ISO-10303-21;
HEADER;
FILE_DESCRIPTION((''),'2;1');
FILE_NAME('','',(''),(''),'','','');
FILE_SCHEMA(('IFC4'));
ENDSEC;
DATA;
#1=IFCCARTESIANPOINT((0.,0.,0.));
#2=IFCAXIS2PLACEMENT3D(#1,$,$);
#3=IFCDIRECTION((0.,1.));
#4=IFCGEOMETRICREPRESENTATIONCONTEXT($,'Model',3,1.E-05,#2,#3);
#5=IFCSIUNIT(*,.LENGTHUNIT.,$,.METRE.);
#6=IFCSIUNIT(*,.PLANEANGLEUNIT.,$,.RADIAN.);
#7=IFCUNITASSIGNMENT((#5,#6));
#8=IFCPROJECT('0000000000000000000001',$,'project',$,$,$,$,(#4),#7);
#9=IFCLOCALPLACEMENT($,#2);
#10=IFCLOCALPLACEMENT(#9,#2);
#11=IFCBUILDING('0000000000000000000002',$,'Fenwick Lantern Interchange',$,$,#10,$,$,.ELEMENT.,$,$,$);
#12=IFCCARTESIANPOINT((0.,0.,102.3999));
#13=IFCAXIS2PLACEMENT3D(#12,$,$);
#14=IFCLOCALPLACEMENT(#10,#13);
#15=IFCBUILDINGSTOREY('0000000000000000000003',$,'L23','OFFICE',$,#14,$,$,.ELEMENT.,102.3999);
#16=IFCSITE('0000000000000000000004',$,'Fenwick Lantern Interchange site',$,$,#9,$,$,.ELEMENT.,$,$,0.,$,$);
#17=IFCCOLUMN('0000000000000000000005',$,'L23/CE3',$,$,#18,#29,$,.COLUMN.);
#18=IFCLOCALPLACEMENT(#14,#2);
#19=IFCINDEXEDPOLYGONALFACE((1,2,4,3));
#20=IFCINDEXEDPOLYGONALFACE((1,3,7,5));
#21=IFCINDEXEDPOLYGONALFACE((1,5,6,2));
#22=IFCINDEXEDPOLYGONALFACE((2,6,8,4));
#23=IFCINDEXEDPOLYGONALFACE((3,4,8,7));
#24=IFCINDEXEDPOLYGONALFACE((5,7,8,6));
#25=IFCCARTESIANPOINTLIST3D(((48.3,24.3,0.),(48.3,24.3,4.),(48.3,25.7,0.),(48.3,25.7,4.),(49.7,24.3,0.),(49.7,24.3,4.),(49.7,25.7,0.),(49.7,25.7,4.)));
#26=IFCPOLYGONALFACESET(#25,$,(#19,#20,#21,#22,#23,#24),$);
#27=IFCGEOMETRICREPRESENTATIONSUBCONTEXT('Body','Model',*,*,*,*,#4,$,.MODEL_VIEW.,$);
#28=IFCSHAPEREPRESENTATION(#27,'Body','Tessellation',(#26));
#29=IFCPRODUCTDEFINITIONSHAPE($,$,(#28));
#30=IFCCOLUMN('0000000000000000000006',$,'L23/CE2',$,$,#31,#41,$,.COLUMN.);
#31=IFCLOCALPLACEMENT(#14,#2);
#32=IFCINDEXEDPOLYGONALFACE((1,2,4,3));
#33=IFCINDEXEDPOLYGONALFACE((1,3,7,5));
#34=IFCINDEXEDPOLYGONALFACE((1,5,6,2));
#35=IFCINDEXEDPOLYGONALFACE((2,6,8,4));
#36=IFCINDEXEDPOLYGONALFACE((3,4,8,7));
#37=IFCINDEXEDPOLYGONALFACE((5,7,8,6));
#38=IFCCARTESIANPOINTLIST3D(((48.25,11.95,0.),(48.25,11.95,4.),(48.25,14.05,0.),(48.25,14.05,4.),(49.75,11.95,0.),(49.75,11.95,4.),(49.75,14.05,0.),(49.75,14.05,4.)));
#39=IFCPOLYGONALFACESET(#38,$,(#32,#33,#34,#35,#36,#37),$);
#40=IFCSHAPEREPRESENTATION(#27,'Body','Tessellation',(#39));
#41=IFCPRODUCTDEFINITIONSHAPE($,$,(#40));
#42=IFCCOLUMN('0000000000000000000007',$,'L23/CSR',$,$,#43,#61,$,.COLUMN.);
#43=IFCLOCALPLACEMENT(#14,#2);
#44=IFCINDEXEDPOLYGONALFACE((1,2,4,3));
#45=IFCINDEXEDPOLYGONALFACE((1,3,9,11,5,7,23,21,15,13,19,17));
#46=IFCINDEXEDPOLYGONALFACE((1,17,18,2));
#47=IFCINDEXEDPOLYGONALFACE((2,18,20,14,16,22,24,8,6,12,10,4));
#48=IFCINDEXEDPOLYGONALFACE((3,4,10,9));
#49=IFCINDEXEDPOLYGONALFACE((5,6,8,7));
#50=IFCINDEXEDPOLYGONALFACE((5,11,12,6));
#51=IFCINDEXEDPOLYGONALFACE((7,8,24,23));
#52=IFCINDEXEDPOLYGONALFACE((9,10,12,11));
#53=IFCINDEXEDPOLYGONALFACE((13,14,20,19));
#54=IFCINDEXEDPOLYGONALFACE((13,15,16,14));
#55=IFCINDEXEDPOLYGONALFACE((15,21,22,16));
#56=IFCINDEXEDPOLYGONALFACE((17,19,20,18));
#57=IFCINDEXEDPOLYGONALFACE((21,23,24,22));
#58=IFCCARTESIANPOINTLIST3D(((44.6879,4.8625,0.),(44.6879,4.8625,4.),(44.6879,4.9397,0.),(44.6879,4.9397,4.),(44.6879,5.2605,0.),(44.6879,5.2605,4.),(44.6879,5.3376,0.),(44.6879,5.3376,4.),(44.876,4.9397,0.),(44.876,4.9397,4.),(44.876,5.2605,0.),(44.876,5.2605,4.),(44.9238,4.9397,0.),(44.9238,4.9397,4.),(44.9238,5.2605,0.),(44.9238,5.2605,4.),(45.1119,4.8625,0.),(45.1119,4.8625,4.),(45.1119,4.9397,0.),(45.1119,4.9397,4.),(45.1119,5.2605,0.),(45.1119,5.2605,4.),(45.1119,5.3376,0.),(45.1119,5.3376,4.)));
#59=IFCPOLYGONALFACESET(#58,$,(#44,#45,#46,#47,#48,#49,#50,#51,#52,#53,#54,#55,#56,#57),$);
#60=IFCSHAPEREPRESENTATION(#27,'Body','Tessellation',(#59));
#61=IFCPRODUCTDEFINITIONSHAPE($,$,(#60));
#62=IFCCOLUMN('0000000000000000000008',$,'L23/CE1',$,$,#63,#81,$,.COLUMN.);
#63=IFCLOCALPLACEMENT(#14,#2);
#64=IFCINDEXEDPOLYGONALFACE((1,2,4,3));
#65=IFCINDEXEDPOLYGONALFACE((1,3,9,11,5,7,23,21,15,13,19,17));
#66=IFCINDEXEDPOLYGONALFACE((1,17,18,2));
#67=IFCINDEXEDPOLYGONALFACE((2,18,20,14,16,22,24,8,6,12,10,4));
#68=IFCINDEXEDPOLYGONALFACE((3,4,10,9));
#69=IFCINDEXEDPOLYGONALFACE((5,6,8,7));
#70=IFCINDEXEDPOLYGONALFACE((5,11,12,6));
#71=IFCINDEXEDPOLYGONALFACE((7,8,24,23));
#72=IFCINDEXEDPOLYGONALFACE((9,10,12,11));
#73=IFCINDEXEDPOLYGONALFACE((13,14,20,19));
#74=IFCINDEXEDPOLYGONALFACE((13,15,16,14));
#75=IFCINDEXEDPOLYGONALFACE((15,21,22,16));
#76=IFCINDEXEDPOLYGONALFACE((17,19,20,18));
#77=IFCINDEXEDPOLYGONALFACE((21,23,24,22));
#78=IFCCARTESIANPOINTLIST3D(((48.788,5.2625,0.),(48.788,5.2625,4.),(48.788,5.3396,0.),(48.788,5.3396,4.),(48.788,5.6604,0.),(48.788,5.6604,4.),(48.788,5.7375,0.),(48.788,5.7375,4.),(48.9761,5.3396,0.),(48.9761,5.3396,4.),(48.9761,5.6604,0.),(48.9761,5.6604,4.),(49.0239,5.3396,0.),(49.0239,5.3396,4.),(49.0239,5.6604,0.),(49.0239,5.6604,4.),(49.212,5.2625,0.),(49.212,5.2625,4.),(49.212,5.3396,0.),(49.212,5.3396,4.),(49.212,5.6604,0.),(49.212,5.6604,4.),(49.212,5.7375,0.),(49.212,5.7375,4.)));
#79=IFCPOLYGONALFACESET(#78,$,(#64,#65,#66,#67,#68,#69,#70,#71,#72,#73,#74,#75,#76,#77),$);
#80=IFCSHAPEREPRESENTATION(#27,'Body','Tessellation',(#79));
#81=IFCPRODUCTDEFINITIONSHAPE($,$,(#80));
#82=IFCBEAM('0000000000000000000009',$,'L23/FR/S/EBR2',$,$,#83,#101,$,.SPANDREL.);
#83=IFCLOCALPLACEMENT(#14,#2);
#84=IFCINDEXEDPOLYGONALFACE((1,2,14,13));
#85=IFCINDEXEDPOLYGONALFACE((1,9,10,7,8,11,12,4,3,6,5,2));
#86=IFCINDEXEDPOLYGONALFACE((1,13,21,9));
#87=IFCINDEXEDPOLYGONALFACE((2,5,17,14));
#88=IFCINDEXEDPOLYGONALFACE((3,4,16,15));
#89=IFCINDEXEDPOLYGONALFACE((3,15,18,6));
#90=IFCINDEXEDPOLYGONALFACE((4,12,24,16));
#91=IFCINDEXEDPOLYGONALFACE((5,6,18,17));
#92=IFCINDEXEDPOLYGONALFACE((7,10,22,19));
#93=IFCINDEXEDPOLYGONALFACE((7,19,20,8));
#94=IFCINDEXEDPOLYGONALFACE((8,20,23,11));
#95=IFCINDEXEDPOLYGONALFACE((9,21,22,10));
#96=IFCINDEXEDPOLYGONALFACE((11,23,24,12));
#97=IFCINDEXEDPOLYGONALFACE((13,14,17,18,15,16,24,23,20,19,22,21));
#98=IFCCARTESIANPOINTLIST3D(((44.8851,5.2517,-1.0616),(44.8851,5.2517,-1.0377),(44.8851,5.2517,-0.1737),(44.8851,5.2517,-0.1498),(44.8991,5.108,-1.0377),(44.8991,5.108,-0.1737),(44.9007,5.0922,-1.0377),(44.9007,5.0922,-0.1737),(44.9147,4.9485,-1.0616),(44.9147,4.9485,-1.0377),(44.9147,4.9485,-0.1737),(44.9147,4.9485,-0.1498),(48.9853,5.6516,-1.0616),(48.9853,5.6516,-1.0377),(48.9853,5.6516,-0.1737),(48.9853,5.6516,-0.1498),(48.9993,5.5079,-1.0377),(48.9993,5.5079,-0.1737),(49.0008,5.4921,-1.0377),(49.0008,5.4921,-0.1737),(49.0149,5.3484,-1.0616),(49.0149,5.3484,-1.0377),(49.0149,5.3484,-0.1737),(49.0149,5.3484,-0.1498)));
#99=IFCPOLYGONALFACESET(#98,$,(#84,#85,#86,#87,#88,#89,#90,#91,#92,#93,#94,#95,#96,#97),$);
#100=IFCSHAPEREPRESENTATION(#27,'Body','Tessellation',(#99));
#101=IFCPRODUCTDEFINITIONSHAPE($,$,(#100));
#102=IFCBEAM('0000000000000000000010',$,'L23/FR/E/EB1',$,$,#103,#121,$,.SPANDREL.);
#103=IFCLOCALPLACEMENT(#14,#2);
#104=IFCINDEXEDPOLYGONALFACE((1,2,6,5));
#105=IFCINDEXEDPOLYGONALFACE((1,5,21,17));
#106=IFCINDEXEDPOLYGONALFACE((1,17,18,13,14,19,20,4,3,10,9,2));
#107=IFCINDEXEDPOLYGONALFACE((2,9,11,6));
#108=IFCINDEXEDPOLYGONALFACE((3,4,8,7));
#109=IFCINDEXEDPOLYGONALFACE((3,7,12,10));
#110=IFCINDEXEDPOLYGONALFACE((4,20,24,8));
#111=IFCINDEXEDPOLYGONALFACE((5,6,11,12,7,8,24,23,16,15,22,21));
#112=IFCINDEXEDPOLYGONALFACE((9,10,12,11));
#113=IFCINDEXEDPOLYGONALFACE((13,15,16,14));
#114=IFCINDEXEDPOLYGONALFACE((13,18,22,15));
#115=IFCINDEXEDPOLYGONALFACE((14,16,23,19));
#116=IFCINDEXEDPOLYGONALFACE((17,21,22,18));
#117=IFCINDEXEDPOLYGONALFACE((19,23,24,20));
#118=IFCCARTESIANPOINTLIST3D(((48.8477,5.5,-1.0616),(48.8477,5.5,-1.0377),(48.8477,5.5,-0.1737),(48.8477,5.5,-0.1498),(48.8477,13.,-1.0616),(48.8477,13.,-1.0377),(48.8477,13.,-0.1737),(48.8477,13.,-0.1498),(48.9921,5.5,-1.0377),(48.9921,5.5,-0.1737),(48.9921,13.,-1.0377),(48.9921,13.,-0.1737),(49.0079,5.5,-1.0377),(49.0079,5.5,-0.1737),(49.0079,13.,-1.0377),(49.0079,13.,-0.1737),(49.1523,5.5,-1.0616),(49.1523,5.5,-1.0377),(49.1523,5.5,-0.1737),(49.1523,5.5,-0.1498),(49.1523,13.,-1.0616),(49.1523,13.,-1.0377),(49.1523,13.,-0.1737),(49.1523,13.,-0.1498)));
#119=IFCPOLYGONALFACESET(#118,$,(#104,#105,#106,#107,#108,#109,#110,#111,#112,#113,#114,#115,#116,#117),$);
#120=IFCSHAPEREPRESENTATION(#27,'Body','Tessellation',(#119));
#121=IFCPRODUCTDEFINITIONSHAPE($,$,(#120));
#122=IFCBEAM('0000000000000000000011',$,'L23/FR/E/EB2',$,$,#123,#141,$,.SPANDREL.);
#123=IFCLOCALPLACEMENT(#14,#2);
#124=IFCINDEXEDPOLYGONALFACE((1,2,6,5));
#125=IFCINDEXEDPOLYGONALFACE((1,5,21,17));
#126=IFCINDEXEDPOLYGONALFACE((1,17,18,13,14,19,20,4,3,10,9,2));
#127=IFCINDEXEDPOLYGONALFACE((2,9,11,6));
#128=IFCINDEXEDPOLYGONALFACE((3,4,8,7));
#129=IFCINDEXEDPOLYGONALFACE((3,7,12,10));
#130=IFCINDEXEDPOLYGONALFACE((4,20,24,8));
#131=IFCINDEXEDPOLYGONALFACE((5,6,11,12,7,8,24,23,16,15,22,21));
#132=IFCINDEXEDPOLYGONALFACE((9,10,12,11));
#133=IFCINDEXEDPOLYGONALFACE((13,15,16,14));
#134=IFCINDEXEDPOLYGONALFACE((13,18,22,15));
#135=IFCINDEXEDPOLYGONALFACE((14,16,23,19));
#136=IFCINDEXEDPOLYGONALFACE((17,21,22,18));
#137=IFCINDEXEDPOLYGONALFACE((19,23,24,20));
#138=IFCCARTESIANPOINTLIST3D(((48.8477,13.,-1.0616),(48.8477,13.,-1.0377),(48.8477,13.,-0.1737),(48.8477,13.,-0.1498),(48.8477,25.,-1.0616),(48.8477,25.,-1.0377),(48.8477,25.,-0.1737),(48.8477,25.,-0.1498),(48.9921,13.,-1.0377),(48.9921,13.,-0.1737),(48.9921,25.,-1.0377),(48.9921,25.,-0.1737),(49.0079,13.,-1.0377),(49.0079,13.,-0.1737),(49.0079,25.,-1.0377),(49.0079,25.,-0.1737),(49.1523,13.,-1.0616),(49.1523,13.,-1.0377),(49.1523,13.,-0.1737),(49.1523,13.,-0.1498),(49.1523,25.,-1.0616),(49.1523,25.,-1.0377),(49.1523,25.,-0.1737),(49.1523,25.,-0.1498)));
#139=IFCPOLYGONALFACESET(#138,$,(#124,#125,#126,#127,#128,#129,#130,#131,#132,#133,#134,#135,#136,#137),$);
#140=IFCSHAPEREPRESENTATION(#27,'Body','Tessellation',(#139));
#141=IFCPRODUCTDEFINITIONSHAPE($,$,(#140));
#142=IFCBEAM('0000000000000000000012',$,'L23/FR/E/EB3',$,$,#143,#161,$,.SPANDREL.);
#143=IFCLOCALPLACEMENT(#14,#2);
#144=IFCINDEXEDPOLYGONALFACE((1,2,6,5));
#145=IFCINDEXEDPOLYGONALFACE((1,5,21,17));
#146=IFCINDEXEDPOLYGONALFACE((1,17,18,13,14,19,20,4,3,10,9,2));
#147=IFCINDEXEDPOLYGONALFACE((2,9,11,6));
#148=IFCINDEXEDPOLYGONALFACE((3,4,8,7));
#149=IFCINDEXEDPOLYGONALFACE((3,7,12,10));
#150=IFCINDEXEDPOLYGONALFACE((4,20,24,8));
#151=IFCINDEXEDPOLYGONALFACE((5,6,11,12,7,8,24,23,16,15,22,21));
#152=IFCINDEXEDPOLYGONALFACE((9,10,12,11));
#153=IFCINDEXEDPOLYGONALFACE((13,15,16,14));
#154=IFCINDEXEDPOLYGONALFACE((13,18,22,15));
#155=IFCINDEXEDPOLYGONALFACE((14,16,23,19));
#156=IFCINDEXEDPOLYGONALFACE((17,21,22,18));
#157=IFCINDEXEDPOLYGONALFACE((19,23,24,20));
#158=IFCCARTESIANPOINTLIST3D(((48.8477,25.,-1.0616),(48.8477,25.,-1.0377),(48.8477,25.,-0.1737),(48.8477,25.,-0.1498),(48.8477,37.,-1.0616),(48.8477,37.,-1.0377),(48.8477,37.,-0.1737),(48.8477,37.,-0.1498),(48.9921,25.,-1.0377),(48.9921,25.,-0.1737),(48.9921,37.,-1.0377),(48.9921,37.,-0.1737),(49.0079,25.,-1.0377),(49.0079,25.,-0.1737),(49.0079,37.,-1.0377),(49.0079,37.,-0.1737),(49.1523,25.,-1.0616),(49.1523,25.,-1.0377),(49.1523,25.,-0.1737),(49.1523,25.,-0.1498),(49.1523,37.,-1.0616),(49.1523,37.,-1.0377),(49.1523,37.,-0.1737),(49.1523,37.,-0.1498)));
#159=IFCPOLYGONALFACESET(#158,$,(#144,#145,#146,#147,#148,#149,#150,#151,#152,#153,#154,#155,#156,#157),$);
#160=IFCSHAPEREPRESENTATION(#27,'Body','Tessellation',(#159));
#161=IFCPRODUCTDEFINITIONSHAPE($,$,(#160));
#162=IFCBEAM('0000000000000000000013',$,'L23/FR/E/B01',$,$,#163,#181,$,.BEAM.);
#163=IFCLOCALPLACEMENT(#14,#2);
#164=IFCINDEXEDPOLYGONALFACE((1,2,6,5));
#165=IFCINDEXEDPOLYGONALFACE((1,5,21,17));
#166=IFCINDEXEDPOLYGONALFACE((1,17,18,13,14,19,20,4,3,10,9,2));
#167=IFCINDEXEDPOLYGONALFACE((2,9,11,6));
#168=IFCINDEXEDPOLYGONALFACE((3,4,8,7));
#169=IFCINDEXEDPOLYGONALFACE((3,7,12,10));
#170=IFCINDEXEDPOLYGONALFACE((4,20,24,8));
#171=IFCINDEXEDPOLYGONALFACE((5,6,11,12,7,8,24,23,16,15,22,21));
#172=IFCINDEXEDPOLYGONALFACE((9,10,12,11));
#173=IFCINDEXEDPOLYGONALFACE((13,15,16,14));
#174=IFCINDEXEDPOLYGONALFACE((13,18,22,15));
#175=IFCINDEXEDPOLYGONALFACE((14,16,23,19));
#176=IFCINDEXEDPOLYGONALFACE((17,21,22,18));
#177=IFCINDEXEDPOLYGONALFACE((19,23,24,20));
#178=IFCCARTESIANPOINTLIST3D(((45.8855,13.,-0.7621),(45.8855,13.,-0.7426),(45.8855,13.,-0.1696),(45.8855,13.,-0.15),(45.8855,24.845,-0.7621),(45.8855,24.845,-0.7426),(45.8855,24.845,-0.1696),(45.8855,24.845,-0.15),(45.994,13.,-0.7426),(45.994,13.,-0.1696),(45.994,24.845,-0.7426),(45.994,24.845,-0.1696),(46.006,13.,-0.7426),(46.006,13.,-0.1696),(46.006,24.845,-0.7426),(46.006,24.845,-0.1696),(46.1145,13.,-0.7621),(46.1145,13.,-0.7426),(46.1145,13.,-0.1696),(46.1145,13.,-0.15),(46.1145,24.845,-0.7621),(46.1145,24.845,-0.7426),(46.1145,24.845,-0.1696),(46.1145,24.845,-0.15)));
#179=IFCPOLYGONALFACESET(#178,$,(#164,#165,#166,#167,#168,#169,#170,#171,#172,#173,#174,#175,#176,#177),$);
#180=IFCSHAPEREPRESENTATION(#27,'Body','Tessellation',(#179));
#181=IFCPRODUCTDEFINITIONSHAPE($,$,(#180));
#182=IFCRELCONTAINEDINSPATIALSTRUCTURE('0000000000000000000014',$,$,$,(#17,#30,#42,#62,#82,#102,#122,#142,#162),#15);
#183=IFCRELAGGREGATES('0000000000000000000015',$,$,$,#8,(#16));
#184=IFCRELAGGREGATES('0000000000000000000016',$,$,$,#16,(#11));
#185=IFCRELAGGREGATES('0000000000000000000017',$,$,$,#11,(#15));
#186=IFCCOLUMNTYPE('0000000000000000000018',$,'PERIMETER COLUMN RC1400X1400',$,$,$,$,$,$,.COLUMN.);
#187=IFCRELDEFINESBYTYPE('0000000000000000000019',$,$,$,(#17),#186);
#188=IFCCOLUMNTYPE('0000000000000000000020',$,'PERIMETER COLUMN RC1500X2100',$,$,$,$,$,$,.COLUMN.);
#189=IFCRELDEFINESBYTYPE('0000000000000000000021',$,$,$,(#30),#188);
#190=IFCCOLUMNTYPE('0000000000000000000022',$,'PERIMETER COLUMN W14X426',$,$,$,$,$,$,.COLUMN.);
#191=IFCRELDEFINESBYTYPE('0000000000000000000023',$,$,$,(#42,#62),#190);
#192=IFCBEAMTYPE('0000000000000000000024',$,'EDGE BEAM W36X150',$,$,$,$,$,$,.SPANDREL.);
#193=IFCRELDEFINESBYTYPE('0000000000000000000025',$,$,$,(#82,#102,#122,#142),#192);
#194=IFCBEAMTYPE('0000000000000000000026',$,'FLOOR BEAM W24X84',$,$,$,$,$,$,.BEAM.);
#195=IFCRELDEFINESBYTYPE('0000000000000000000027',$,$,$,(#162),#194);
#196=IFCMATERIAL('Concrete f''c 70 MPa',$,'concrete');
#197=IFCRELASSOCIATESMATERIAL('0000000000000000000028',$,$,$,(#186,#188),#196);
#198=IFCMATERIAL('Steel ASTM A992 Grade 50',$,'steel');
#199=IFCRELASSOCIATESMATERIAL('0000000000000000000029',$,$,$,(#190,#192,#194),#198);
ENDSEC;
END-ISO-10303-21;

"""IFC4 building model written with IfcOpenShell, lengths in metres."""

from ifc_helpers import new_model, si_unit, direction, frame, origin, origin_2d, place, context, subcontext, project, spatial, rectangle, i_section, extrude, material, material_profile, profile_set, type_object, element, save


model = new_model("IFC4")

# Units and contexts
model_context = context("Model", 3, precision=1e-05, world=origin(), true_north=direction((0.0, 1.0)))
body_context = subcontext(model_context, "Body", "Model", "MODEL_VIEW")
ifc_project = project(units=[si_unit("LENGTHUNIT", "METRE"), si_unit("PLANEANGLEUNIT", "RADIAN")], contexts=[model_context])

# Site, building, storey
site_placement = place(None, origin())
site = spatial("IfcSite", under=ifc_project, at=site_placement, Name="Fenwick Lantern Interchange site", CompositionType="ELEMENT", RefElevation=0.0)
building_placement = place(site_placement, origin())
building = spatial("IfcBuilding", under=site, at=building_placement, Name="Fenwick Lantern Interchange", CompositionType="ELEMENT")
storey_placement = place(building_placement, frame((0.0, 0.0, 102.3999)))
storey = spatial("IfcBuildingStorey", under=building, at=storey_placement, Name="L23", Description="OFFICE", CompositionType="ELEMENT", Elevation=102.3999)

# Columns
ifc_material_1 = material(Name="Concrete f'c 70 MPa", Category="concrete")
ifc_material_profile_1 = material_profile(ifc_material_1, rectangle(XDim=1.3999, YDim=1.3999, at=origin_2d()), Name="RC1400X1400")
ifc_profile_set_1 = profile_set([ifc_material_profile_1], Name="Concrete f'c 70 MPa")
column_type_1 = type_object("IfcColumnType", Name="PERIMETER COLUMN RC1400X1400", PredefinedType="COLUMN", material=ifc_profile_set_1)
column_1_placement = place(storey_placement, frame((49.0, 25.0, 0.0), z_axis=(0.0, 0.0, 1.0), x_axis=(1.0, 0.0, 0.0)))
element("IfcColumn", 1, at=column_1_placement, inside=storey, type_object=column_type_1, Name="L23/CE3", PredefinedType="COLUMN", context=body_context, shape_type="SweptSolid", body=[
    extrude(rectangle(XDim=1.3999, YDim=1.3999, at=origin_2d()), origin(), (0.0, 0.0, 1.0), 4.0),
])
ifc_material_profile_2 = material_profile(ifc_material_1, rectangle(XDim=1.5, YDim=2.1001, at=origin_2d()), Name="RC1500X2100")
ifc_profile_set_2 = profile_set([ifc_material_profile_2], Name="Concrete f'c 70 MPa")
column_type_2 = type_object("IfcColumnType", Name="PERIMETER COLUMN RC1500X2100", PredefinedType="COLUMN", material=ifc_profile_set_2)
column_2_placement = place(storey_placement, frame((49.0, 13.0, 0.0), z_axis=(0.0, 0.0, 1.0), x_axis=(1.0, 0.0, 0.0)))
element("IfcColumn", 2, at=column_2_placement, inside=storey, type_object=column_type_2, Name="L23/CE2", PredefinedType="COLUMN", context=body_context, shape_type="SweptSolid", body=[
    extrude(rectangle(XDim=1.5, YDim=2.1001, at=origin_2d()), origin(), (0.0, 0.0, 1.0), 4.0),
])
ifc_material_2 = material(Name="Steel ASTM A992 Grade 50", Category="steel")
ifc_material_profile_3 = material_profile(ifc_material_2, i_section(OverallWidth=0.4241, OverallDepth=0.4751, WebThickness=0.0479, FlangeThickness=0.0771, at=origin_2d()), Name="W14X426")
ifc_profile_set_3 = profile_set([ifc_material_profile_3], Name="Steel ASTM A992 Grade 50")
column_type_3 = type_object("IfcColumnType", Name="PERIMETER COLUMN W14X426", PredefinedType="COLUMN", material=ifc_profile_set_3)
for number, where, z_axis, x_axis, name in (
    (3, (44.8999, 5.1001, 0.0), (0.0, 0.0, 1.0), (1.0, 0.0, 0.0), "L23/CSR"),
    (4, (49.0, 5.5, 0.0), (0.0, 0.0, 1.0), (1.0, 0.0, 0.0), "L23/CE1"),
):
    element("IfcColumn", number, at=place(storey_placement, frame(where, z_axis=z_axis, x_axis=x_axis)), inside=storey, type_object=column_type_3, Name=name, PredefinedType="COLUMN", context=body_context, shape_type="SweptSolid", body=[
        extrude(i_section(OverallWidth=0.4241, OverallDepth=0.4751, WebThickness=0.0479, FlangeThickness=0.0771, at=origin_2d()), origin(), (0.0, 0.0, 1.0), 4.0),
    ])

# Beams
ifc_material_profile_4 = material_profile(ifc_material_2, i_section(OverallWidth=0.3047, OverallDepth=0.9119, WebThickness=0.0159, FlangeThickness=0.0239, at=origin_2d()), Name="W36X150")
ifc_profile_set_4 = profile_set([ifc_material_profile_4], Name="Steel ASTM A992 Grade 50")
beam_type_1 = type_object("IfcBeamType", Name="EDGE BEAM W36X150", PredefinedType="SPANDREL", material=ifc_profile_set_4)
beam_1_placement = place(storey_placement, frame((44.8999, 5.1001, -0.6057), z_axis=(0.995277, 0.097074, 0.0), x_axis=(-0.097074, 0.995277, 0.0)))
element("IfcBeam", 5, at=beam_1_placement, inside=storey, type_object=beam_type_1, Name="L23/FR/S/EBR2", PredefinedType="SPANDREL", context=body_context, shape_type="SweptSolid", body=[
    extrude(i_section(OverallWidth=0.3047, OverallDepth=0.9119, WebThickness=0.0159, FlangeThickness=0.0239, at=origin_2d()), origin(), (0.0, 0.0, 1.0), 4.1196),
])
beam_2_placement = place(storey_placement, frame((49.0, 5.5, -0.6057), z_axis=(0.0, 1.0, 0.0), x_axis=(-1.0, 0.0, 0.0)))
element("IfcBeam", 6, at=beam_2_placement, inside=storey, type_object=beam_type_1, Name="L23/FR/E/EB1", PredefinedType="SPANDREL", context=body_context, shape_type="SweptSolid", body=[
    extrude(i_section(OverallWidth=0.3047, OverallDepth=0.9119, WebThickness=0.0159, FlangeThickness=0.0239, at=origin_2d()), origin(), (0.0, 0.0, 1.0), 7.5),
])
for number, where, z_axis, x_axis, name in (
    (7, (49.0, 13.0, -0.6057), (0.0, 1.0, 0.0), (-1.0, 0.0, 0.0), "L23/FR/E/EB2"),
    (8, (49.0, 25.0, -0.6057), (0.0, 1.0, 0.0), (-1.0, 0.0, 0.0), "L23/FR/E/EB3"),
):
    element("IfcBeam", number, at=place(storey_placement, frame(where, z_axis=z_axis, x_axis=x_axis)), inside=storey, type_object=beam_type_1, Name=name, PredefinedType="SPANDREL", context=body_context, shape_type="SweptSolid", body=[
        extrude(i_section(OverallWidth=0.3047, OverallDepth=0.9119, WebThickness=0.0159, FlangeThickness=0.0239, at=origin_2d()), origin(), (0.0, 0.0, 1.0), 12.0),
    ])
ifc_material_profile_5 = material_profile(ifc_material_2, i_section(OverallWidth=0.229, OverallDepth=0.6121, WebThickness=0.012, FlangeThickness=0.0195, at=origin_2d()), Name="W24X84")
ifc_profile_set_5 = profile_set([ifc_material_profile_5], Name="Steel ASTM A992 Grade 50")
beam_type_2 = type_object("IfcBeamType", Name="FLOOR BEAM W24X84", PredefinedType="BEAM", material=ifc_profile_set_5)
for number, where, z_axis, x_axis, name in (
    (9, (46.0, 13.0, -0.4561), (0.0, 1.0, 0.0), (-1.0, 0.0, 0.0), "L23/FR/E/B01"),
):
    element("IfcBeam", number, at=place(storey_placement, frame(where, z_axis=z_axis, x_axis=x_axis)), inside=storey, type_object=beam_type_2, Name=name, PredefinedType="BEAM", context=body_context, shape_type="SweptSolid", body=[
        extrude(i_section(OverallWidth=0.229, OverallDepth=0.6121, WebThickness=0.012, FlangeThickness=0.0195, at=origin_2d()), origin(), (0.0, 0.0, 1.0), 11.845),
    ])

save(model, "model.ifc")
